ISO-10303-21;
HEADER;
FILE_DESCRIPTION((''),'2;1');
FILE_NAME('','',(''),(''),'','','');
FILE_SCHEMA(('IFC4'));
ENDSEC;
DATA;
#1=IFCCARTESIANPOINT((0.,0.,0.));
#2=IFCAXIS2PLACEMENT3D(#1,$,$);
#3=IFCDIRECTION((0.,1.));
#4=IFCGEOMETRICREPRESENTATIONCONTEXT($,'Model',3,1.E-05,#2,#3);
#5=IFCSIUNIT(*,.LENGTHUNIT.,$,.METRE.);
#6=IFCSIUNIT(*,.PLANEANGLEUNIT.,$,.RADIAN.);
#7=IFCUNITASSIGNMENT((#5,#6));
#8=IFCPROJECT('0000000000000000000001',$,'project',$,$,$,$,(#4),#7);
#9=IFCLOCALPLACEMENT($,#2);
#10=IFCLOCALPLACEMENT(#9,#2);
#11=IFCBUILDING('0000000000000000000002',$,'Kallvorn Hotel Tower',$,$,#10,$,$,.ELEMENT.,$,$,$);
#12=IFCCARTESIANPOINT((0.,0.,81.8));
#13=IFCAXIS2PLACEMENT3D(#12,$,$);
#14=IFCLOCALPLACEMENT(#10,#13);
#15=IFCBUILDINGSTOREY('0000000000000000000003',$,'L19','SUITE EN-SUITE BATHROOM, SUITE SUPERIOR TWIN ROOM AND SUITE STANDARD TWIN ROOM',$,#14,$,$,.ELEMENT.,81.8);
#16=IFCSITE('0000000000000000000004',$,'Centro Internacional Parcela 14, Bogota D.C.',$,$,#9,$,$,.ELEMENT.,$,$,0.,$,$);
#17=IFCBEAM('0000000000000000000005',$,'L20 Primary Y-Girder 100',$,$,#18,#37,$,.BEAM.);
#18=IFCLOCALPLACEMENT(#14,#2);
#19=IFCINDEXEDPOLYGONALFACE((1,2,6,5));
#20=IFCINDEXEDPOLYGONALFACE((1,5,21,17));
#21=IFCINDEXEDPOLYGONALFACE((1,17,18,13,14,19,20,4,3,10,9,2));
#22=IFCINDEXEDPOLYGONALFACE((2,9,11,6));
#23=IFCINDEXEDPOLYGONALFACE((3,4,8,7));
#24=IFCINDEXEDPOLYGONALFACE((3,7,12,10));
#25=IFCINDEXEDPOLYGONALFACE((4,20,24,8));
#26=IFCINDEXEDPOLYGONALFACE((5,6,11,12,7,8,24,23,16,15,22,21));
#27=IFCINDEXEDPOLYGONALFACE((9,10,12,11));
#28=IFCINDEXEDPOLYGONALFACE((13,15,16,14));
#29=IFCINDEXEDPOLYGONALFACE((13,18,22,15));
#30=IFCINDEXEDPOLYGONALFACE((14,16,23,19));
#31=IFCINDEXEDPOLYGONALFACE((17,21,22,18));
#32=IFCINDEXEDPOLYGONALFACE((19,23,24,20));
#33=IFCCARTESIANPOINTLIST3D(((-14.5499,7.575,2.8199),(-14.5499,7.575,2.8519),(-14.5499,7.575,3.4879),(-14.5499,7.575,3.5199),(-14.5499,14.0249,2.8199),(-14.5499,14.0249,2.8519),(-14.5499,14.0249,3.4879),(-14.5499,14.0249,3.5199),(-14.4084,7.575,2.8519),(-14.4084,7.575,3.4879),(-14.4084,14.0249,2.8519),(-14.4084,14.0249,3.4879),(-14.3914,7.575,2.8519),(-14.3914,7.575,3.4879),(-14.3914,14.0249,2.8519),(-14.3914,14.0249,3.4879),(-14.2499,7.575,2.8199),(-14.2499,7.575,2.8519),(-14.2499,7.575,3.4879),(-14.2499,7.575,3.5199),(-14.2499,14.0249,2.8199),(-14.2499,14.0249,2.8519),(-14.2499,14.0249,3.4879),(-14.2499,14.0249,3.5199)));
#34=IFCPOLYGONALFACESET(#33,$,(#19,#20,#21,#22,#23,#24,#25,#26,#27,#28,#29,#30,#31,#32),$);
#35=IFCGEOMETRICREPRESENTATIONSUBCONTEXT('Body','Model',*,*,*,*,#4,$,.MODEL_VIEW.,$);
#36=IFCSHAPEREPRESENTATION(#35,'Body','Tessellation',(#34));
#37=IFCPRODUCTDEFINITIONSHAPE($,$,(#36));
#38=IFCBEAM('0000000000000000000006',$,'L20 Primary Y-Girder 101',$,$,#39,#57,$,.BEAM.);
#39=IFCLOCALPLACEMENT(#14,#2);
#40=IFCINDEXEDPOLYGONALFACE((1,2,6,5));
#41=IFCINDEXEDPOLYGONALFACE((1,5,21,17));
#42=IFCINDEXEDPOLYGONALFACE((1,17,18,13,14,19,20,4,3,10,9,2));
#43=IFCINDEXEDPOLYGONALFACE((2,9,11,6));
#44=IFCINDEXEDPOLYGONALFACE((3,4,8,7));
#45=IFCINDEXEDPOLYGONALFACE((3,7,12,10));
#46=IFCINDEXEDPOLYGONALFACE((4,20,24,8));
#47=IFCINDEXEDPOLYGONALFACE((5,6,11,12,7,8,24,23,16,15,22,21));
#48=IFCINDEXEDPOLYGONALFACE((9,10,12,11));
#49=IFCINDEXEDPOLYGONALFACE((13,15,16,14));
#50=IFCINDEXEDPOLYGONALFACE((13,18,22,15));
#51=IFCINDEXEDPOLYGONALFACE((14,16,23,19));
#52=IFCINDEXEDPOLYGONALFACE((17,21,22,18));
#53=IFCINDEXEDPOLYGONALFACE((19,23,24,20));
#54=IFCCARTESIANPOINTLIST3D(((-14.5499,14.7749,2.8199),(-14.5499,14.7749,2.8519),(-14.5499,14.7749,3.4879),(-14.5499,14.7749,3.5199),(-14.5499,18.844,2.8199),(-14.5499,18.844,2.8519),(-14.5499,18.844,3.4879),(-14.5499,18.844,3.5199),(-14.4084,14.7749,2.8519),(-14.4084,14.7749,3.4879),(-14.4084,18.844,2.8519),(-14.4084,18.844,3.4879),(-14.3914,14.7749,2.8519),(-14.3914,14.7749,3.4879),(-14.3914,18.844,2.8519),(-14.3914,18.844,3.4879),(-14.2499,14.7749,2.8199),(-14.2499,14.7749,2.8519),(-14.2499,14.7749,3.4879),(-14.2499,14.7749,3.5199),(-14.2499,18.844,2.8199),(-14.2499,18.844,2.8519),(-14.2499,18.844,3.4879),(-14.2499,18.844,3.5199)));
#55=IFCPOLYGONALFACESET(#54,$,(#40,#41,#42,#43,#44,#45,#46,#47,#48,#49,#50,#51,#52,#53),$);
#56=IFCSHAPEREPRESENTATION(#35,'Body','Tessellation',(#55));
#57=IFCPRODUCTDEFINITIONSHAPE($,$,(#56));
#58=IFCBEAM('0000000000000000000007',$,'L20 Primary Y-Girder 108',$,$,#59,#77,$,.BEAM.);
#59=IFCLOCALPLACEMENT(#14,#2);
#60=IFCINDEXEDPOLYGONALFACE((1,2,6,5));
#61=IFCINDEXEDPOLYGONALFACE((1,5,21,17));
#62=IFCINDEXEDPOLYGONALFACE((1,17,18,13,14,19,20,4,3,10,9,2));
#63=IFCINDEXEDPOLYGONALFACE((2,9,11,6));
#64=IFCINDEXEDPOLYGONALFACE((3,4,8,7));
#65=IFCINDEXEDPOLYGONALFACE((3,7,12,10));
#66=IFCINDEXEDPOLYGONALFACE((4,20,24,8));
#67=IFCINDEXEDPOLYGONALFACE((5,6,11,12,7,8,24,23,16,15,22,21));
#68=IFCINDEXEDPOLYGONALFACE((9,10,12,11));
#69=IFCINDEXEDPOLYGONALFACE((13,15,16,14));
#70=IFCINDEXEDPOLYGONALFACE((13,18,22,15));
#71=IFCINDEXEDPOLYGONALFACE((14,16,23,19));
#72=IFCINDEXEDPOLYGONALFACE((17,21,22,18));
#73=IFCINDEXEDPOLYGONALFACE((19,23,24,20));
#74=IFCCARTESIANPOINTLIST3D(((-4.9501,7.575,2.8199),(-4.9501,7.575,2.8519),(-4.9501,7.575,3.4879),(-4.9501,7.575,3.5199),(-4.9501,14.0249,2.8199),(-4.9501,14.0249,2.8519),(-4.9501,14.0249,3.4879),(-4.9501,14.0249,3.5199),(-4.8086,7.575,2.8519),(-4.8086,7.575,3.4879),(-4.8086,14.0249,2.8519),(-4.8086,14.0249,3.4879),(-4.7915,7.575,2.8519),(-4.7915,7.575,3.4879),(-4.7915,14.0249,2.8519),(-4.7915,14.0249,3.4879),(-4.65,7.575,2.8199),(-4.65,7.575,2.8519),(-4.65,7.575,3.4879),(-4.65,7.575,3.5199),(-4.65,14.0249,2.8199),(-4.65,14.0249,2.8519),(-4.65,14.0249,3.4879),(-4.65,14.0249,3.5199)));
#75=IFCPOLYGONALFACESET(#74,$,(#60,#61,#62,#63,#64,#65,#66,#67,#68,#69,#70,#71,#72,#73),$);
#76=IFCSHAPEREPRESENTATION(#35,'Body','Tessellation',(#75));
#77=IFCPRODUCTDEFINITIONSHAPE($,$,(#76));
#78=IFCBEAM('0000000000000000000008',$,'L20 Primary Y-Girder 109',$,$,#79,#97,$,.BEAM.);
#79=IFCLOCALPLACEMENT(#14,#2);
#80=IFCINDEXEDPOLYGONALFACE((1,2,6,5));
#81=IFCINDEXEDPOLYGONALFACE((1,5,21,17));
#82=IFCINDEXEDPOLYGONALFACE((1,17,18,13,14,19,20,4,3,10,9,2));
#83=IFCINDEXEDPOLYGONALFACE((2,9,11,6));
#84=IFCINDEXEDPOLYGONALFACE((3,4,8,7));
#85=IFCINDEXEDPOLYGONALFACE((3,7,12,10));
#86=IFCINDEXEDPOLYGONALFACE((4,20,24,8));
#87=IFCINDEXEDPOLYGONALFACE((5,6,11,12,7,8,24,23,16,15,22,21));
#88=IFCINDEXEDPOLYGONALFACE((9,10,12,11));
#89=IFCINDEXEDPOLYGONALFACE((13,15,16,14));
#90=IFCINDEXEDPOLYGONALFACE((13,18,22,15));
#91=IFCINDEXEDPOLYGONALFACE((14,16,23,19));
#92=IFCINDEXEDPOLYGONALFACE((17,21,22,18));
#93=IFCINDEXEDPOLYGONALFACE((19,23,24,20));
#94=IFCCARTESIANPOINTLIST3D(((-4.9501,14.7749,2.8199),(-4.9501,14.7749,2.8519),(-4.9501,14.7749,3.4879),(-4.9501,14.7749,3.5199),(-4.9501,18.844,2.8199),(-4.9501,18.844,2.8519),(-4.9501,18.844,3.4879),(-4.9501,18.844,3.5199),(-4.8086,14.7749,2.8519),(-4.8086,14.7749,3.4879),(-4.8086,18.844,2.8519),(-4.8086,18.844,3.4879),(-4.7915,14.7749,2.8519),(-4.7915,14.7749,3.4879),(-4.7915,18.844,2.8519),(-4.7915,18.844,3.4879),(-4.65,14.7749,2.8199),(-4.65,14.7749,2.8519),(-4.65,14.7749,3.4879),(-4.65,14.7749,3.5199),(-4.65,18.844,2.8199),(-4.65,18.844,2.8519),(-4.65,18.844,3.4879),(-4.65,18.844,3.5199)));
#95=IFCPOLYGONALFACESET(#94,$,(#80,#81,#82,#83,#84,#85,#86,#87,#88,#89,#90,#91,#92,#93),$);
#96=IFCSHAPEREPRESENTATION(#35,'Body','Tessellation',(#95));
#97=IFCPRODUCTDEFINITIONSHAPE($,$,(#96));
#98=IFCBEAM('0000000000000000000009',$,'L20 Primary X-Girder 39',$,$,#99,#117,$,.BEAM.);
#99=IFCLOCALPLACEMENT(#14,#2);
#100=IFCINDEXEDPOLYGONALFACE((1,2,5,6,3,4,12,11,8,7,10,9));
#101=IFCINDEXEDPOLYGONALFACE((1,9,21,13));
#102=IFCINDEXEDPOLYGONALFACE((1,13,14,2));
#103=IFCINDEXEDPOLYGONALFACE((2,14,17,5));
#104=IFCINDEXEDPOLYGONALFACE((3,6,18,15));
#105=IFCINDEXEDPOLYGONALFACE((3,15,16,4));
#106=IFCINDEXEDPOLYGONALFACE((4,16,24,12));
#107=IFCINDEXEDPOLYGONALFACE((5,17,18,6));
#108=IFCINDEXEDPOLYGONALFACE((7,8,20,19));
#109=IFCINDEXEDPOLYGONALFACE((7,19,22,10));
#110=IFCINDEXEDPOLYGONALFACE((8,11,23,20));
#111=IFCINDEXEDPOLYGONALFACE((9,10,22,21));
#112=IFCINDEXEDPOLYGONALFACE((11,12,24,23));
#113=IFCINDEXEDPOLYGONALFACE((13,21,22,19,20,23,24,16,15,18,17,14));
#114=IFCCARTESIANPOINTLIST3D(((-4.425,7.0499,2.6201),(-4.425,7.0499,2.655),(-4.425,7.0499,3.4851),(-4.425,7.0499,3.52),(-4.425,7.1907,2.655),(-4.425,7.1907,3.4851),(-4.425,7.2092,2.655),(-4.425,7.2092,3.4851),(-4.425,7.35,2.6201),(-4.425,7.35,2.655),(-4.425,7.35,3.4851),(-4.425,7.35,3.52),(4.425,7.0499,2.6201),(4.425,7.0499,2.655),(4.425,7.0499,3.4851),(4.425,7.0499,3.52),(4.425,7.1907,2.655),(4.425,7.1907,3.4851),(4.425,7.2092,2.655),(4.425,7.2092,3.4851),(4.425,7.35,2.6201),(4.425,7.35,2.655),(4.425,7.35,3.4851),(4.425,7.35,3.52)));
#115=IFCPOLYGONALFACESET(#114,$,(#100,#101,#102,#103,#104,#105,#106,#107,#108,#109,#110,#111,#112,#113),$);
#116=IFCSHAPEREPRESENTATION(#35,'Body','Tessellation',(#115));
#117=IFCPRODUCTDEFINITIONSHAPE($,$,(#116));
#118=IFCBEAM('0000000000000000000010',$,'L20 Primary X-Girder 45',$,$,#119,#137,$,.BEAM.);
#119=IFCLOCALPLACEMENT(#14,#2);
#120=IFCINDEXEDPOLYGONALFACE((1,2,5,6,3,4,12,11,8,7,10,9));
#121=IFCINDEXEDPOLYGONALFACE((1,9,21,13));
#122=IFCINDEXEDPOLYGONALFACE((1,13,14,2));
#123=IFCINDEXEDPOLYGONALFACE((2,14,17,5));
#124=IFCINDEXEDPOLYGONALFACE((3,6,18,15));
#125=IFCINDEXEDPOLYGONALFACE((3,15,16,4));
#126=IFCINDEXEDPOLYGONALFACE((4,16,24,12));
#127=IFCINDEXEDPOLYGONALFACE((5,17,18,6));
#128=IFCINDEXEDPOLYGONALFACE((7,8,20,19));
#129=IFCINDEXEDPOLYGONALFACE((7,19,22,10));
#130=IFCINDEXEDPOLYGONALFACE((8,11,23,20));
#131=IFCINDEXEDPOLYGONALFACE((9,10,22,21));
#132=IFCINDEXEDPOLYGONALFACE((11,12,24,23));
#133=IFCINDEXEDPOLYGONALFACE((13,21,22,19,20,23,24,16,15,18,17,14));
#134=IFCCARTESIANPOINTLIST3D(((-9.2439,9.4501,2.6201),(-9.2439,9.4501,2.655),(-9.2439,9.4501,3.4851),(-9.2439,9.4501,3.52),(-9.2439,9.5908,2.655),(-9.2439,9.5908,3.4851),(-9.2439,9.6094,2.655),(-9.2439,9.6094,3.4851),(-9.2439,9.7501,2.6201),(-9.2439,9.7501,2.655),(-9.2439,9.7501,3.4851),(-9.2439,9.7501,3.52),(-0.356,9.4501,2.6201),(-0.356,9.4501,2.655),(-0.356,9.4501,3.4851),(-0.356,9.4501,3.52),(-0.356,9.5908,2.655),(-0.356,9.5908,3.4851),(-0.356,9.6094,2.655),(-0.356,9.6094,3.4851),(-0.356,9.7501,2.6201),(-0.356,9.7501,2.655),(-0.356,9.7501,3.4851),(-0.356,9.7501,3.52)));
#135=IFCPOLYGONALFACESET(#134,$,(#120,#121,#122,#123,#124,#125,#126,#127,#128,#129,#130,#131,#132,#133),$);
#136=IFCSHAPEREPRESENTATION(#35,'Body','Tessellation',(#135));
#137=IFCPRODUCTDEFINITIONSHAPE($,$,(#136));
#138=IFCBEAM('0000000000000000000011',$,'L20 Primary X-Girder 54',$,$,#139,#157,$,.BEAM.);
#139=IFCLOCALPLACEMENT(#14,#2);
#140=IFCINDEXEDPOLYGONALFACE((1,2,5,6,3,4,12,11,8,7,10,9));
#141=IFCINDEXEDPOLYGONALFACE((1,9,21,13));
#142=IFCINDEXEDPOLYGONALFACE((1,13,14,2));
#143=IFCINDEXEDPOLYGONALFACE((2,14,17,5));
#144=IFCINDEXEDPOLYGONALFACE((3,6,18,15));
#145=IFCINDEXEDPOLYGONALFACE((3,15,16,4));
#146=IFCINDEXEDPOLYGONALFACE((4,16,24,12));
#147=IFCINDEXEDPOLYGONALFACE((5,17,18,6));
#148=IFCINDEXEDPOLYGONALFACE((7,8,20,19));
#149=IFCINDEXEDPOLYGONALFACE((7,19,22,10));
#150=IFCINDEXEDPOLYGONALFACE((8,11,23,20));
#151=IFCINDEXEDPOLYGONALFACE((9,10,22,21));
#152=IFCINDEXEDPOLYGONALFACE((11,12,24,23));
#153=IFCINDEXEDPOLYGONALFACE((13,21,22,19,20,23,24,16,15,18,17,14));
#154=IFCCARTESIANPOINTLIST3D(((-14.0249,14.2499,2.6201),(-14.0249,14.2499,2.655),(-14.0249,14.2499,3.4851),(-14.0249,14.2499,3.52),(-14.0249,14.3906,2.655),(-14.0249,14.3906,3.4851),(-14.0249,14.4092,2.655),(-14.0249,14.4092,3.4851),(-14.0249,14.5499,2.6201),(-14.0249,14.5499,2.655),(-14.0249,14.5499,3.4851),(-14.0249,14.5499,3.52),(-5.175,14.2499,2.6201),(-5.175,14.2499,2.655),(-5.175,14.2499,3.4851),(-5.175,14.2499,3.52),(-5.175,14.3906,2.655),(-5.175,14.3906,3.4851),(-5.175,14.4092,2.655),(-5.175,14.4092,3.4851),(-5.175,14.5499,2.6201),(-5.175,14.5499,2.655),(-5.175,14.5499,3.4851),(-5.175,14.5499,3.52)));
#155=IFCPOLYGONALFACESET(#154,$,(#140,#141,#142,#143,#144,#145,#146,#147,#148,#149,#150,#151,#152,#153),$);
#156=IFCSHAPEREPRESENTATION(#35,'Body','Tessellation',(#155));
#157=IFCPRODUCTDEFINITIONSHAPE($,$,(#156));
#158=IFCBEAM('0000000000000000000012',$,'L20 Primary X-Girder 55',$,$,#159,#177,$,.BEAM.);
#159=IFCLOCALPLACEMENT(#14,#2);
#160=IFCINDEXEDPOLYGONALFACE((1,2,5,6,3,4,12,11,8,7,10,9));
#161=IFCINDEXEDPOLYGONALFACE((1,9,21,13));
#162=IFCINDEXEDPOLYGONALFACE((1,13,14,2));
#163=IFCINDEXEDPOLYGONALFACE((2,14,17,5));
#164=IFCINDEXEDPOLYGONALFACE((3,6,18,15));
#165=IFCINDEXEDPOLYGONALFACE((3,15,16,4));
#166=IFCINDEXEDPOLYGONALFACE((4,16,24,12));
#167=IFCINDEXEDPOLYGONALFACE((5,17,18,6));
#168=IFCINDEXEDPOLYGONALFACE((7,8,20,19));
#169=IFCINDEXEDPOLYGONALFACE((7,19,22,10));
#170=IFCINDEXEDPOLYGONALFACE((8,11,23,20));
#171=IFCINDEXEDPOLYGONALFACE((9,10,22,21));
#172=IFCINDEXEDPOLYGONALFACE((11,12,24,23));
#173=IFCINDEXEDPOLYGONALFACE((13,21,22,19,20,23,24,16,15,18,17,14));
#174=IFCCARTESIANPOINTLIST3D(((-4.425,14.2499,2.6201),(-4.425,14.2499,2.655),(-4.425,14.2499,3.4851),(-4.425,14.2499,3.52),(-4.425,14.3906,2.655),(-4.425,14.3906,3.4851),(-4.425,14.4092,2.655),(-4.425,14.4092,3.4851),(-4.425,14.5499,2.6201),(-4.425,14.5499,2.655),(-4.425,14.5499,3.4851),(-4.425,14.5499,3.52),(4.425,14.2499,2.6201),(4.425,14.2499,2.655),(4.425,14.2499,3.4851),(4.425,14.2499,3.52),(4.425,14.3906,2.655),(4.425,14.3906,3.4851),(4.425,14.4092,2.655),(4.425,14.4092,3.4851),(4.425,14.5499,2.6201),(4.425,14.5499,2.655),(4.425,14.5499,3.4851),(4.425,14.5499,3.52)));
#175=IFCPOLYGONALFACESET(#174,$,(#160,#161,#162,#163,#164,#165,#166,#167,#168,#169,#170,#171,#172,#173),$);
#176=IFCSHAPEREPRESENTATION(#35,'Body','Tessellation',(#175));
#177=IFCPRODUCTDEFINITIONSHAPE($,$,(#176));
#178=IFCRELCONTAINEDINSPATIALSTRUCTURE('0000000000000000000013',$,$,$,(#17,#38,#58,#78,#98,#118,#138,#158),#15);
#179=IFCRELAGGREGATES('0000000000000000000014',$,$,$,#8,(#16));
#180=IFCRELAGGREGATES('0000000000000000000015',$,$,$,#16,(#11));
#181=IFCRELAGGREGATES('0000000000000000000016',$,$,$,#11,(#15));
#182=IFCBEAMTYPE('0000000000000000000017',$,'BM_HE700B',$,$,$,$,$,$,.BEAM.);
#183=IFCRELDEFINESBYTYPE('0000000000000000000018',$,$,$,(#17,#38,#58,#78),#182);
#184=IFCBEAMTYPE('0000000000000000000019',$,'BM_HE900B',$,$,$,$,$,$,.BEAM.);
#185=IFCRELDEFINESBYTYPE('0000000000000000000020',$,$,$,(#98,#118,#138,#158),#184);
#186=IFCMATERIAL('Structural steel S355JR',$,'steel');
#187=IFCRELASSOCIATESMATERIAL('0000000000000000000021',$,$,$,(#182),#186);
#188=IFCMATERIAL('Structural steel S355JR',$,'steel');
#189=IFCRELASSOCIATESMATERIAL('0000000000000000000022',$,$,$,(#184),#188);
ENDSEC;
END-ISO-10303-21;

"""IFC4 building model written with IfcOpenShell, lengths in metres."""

from ifc_helpers import new_model, si_unit, direction, frame, origin, origin_2d, place, context, subcontext, project, spatial, i_section, extrude, material, material_profile, profile_set, type_object, element, save


model = new_model("IFC4")

# Units and contexts
model_context = context("Model", 3, precision=1e-05, world=origin(), true_north=direction((0.0, 1.0)))
body_context = subcontext(model_context, "Body", "Model", "MODEL_VIEW")
ifc_project = project(units=[si_unit("LENGTHUNIT", "METRE"), si_unit("PLANEANGLEUNIT", "RADIAN")], contexts=[model_context])

# Site, building, storey
site_placement = place(None, origin())
site = spatial("IfcSite", under=ifc_project, at=site_placement, Name="Centro Internacional Parcela 14, Bogota D.C.", CompositionType="ELEMENT", RefElevation=0.0)
building_placement = place(site_placement, origin())
building = spatial("IfcBuilding", under=site, at=building_placement, Name="Kallvorn Hotel Tower", CompositionType="ELEMENT")
storey_placement = place(building_placement, frame((0.0, 0.0, 81.8)))
storey = spatial("IfcBuildingStorey", under=building, at=storey_placement, Name="L19", Description="SUITE EN-SUITE BATHROOM, SUITE SUPERIOR TWIN ROOM AND SUITE STANDARD TWIN ROOM", CompositionType="ELEMENT", Elevation=81.8)

# Beams
ifc_material_1 = material(Name="Structural steel S355JR", Category="steel")
ifc_material_profile_1 = material_profile(ifc_material_1, i_section(OverallWidth=0.3, OverallDepth=0.7, WebThickness=0.0171, FlangeThickness=0.032, at=origin_2d()), Name="HE 700 B")
ifc_profile_set_1 = profile_set([ifc_material_profile_1], Name="Structural steel S355JR")
beam_type_1 = type_object("IfcBeamType", Name="BM_HE700B", PredefinedType="BEAM", material=ifc_profile_set_1)
beam_1_placement = place(storey_placement, frame((-14.3999, 7.575, 3.1699), z_axis=(0.0, 1.0, 0.0), x_axis=(-1.0, 0.0, 0.0)))
element("IfcBeam", 1, at=beam_1_placement, inside=storey, type_object=beam_type_1, Name="L20 Primary Y-Girder 100", PredefinedType="BEAM", context=body_context, shape_type="SweptSolid", body=[
    extrude(i_section(OverallWidth=0.3, OverallDepth=0.7, WebThickness=0.0171, FlangeThickness=0.032, at=origin_2d()), origin(), (0.0, 0.0, 1.0), 6.45),
])
beam_2_placement = place(storey_placement, frame((-14.3999, 14.7749, 3.1699), z_axis=(0.0, 1.0, 0.0), x_axis=(-1.0, 0.0, 0.0)))
element("IfcBeam", 2, at=beam_2_placement, inside=storey, type_object=beam_type_1, Name="L20 Primary Y-Girder 101", PredefinedType="BEAM", context=body_context, shape_type="SweptSolid", body=[
    extrude(i_section(OverallWidth=0.3, OverallDepth=0.7, WebThickness=0.0171, FlangeThickness=0.032, at=origin_2d()), origin(), (0.0, 0.0, 1.0), 4.0691),
])
beam_3_placement = place(storey_placement, frame((-4.8, 7.575, 3.1699), z_axis=(0.0, 1.0, 0.0), x_axis=(-1.0, 0.0, 0.0)))
element("IfcBeam", 3, at=beam_3_placement, inside=storey, type_object=beam_type_1, Name="L20 Primary Y-Girder 108", PredefinedType="BEAM", context=body_context, shape_type="SweptSolid", body=[
    extrude(i_section(OverallWidth=0.3, OverallDepth=0.7, WebThickness=0.0171, FlangeThickness=0.032, at=origin_2d()), origin(), (0.0, 0.0, 1.0), 6.45),
])
beam_4_placement = place(storey_placement, frame((-4.8, 14.7749, 3.1699), z_axis=(0.0, 1.0, 0.0), x_axis=(-1.0, 0.0, 0.0)))
element("IfcBeam", 4, at=beam_4_placement, inside=storey, type_object=beam_type_1, Name="L20 Primary Y-Girder 109", PredefinedType="BEAM", context=body_context, shape_type="SweptSolid", body=[
    extrude(i_section(OverallWidth=0.3, OverallDepth=0.7, WebThickness=0.0171, FlangeThickness=0.032, at=origin_2d()), origin(), (0.0, 0.0, 1.0), 4.0691),
])
ifc_material_2 = material(Name="Structural steel S355JR", Category="steel")
ifc_material_profile_2 = material_profile(ifc_material_2, i_section(OverallWidth=0.3, OverallDepth=0.8999, WebThickness=0.0186, FlangeThickness=0.0349, at=origin_2d()), Name="HE 900 B")
ifc_profile_set_2 = profile_set([ifc_material_profile_2], Name="Structural steel S355JR")
beam_type_2 = type_object("IfcBeamType", Name="BM_HE900B", PredefinedType="BEAM", material=ifc_profile_set_2)
beam_5_placement = place(storey_placement, frame((-4.425, 7.2, 3.0701), z_axis=(1.0, 0.0, 0.0), x_axis=(0.0, 1.0, 0.0)))
element("IfcBeam", 5, at=beam_5_placement, inside=storey, type_object=beam_type_2, Name="L20 Primary X-Girder 39", PredefinedType="BEAM", context=body_context, shape_type="SweptSolid", body=[
    extrude(i_section(OverallWidth=0.3, OverallDepth=0.8999, WebThickness=0.0186, FlangeThickness=0.0349, at=origin_2d()), origin(), (0.0, 0.0, 1.0), 8.8501),
])
beam_6_placement = place(storey_placement, frame((-9.2439, 9.6001, 3.0701), z_axis=(1.0, 0.0, 0.0), x_axis=(0.0, 1.0, 0.0)))
element("IfcBeam", 6, at=beam_6_placement, inside=storey, type_object=beam_type_2, Name="L20 Primary X-Girder 45", PredefinedType="BEAM", context=body_context, shape_type="SweptSolid", body=[
    extrude(i_section(OverallWidth=0.3, OverallDepth=0.8999, WebThickness=0.0186, FlangeThickness=0.0349, at=origin_2d()), origin(), (0.0, 0.0, 1.0), 8.8879),
])
beam_7_placement = place(storey_placement, frame((-14.0249, 14.3999, 3.0701), z_axis=(1.0, 0.0, 0.0), x_axis=(0.0, 1.0, 0.0)))
element("IfcBeam", 7, at=beam_7_placement, inside=storey, type_object=beam_type_2, Name="L20 Primary X-Girder 54", PredefinedType="BEAM", context=body_context, shape_type="SweptSolid", body=[
    extrude(i_section(OverallWidth=0.3, OverallDepth=0.8999, WebThickness=0.0186, FlangeThickness=0.0349, at=origin_2d()), origin(), (0.0, 0.0, 1.0), 8.8499),
])
beam_8_placement = place(storey_placement, frame((-4.425, 14.3999, 3.0701), z_axis=(1.0, 0.0, 0.0), x_axis=(0.0, 1.0, 0.0)))
element("IfcBeam", 8, at=beam_8_placement, inside=storey, type_object=beam_type_2, Name="L20 Primary X-Girder 55", PredefinedType="BEAM", context=body_context, shape_type="SweptSolid", body=[
    extrude(i_section(OverallWidth=0.3, OverallDepth=0.8999, WebThickness=0.0186, FlangeThickness=0.0349, at=origin_2d()), origin(), (0.0, 0.0, 1.0), 8.8501),
])

save(model, "model.ifc")
